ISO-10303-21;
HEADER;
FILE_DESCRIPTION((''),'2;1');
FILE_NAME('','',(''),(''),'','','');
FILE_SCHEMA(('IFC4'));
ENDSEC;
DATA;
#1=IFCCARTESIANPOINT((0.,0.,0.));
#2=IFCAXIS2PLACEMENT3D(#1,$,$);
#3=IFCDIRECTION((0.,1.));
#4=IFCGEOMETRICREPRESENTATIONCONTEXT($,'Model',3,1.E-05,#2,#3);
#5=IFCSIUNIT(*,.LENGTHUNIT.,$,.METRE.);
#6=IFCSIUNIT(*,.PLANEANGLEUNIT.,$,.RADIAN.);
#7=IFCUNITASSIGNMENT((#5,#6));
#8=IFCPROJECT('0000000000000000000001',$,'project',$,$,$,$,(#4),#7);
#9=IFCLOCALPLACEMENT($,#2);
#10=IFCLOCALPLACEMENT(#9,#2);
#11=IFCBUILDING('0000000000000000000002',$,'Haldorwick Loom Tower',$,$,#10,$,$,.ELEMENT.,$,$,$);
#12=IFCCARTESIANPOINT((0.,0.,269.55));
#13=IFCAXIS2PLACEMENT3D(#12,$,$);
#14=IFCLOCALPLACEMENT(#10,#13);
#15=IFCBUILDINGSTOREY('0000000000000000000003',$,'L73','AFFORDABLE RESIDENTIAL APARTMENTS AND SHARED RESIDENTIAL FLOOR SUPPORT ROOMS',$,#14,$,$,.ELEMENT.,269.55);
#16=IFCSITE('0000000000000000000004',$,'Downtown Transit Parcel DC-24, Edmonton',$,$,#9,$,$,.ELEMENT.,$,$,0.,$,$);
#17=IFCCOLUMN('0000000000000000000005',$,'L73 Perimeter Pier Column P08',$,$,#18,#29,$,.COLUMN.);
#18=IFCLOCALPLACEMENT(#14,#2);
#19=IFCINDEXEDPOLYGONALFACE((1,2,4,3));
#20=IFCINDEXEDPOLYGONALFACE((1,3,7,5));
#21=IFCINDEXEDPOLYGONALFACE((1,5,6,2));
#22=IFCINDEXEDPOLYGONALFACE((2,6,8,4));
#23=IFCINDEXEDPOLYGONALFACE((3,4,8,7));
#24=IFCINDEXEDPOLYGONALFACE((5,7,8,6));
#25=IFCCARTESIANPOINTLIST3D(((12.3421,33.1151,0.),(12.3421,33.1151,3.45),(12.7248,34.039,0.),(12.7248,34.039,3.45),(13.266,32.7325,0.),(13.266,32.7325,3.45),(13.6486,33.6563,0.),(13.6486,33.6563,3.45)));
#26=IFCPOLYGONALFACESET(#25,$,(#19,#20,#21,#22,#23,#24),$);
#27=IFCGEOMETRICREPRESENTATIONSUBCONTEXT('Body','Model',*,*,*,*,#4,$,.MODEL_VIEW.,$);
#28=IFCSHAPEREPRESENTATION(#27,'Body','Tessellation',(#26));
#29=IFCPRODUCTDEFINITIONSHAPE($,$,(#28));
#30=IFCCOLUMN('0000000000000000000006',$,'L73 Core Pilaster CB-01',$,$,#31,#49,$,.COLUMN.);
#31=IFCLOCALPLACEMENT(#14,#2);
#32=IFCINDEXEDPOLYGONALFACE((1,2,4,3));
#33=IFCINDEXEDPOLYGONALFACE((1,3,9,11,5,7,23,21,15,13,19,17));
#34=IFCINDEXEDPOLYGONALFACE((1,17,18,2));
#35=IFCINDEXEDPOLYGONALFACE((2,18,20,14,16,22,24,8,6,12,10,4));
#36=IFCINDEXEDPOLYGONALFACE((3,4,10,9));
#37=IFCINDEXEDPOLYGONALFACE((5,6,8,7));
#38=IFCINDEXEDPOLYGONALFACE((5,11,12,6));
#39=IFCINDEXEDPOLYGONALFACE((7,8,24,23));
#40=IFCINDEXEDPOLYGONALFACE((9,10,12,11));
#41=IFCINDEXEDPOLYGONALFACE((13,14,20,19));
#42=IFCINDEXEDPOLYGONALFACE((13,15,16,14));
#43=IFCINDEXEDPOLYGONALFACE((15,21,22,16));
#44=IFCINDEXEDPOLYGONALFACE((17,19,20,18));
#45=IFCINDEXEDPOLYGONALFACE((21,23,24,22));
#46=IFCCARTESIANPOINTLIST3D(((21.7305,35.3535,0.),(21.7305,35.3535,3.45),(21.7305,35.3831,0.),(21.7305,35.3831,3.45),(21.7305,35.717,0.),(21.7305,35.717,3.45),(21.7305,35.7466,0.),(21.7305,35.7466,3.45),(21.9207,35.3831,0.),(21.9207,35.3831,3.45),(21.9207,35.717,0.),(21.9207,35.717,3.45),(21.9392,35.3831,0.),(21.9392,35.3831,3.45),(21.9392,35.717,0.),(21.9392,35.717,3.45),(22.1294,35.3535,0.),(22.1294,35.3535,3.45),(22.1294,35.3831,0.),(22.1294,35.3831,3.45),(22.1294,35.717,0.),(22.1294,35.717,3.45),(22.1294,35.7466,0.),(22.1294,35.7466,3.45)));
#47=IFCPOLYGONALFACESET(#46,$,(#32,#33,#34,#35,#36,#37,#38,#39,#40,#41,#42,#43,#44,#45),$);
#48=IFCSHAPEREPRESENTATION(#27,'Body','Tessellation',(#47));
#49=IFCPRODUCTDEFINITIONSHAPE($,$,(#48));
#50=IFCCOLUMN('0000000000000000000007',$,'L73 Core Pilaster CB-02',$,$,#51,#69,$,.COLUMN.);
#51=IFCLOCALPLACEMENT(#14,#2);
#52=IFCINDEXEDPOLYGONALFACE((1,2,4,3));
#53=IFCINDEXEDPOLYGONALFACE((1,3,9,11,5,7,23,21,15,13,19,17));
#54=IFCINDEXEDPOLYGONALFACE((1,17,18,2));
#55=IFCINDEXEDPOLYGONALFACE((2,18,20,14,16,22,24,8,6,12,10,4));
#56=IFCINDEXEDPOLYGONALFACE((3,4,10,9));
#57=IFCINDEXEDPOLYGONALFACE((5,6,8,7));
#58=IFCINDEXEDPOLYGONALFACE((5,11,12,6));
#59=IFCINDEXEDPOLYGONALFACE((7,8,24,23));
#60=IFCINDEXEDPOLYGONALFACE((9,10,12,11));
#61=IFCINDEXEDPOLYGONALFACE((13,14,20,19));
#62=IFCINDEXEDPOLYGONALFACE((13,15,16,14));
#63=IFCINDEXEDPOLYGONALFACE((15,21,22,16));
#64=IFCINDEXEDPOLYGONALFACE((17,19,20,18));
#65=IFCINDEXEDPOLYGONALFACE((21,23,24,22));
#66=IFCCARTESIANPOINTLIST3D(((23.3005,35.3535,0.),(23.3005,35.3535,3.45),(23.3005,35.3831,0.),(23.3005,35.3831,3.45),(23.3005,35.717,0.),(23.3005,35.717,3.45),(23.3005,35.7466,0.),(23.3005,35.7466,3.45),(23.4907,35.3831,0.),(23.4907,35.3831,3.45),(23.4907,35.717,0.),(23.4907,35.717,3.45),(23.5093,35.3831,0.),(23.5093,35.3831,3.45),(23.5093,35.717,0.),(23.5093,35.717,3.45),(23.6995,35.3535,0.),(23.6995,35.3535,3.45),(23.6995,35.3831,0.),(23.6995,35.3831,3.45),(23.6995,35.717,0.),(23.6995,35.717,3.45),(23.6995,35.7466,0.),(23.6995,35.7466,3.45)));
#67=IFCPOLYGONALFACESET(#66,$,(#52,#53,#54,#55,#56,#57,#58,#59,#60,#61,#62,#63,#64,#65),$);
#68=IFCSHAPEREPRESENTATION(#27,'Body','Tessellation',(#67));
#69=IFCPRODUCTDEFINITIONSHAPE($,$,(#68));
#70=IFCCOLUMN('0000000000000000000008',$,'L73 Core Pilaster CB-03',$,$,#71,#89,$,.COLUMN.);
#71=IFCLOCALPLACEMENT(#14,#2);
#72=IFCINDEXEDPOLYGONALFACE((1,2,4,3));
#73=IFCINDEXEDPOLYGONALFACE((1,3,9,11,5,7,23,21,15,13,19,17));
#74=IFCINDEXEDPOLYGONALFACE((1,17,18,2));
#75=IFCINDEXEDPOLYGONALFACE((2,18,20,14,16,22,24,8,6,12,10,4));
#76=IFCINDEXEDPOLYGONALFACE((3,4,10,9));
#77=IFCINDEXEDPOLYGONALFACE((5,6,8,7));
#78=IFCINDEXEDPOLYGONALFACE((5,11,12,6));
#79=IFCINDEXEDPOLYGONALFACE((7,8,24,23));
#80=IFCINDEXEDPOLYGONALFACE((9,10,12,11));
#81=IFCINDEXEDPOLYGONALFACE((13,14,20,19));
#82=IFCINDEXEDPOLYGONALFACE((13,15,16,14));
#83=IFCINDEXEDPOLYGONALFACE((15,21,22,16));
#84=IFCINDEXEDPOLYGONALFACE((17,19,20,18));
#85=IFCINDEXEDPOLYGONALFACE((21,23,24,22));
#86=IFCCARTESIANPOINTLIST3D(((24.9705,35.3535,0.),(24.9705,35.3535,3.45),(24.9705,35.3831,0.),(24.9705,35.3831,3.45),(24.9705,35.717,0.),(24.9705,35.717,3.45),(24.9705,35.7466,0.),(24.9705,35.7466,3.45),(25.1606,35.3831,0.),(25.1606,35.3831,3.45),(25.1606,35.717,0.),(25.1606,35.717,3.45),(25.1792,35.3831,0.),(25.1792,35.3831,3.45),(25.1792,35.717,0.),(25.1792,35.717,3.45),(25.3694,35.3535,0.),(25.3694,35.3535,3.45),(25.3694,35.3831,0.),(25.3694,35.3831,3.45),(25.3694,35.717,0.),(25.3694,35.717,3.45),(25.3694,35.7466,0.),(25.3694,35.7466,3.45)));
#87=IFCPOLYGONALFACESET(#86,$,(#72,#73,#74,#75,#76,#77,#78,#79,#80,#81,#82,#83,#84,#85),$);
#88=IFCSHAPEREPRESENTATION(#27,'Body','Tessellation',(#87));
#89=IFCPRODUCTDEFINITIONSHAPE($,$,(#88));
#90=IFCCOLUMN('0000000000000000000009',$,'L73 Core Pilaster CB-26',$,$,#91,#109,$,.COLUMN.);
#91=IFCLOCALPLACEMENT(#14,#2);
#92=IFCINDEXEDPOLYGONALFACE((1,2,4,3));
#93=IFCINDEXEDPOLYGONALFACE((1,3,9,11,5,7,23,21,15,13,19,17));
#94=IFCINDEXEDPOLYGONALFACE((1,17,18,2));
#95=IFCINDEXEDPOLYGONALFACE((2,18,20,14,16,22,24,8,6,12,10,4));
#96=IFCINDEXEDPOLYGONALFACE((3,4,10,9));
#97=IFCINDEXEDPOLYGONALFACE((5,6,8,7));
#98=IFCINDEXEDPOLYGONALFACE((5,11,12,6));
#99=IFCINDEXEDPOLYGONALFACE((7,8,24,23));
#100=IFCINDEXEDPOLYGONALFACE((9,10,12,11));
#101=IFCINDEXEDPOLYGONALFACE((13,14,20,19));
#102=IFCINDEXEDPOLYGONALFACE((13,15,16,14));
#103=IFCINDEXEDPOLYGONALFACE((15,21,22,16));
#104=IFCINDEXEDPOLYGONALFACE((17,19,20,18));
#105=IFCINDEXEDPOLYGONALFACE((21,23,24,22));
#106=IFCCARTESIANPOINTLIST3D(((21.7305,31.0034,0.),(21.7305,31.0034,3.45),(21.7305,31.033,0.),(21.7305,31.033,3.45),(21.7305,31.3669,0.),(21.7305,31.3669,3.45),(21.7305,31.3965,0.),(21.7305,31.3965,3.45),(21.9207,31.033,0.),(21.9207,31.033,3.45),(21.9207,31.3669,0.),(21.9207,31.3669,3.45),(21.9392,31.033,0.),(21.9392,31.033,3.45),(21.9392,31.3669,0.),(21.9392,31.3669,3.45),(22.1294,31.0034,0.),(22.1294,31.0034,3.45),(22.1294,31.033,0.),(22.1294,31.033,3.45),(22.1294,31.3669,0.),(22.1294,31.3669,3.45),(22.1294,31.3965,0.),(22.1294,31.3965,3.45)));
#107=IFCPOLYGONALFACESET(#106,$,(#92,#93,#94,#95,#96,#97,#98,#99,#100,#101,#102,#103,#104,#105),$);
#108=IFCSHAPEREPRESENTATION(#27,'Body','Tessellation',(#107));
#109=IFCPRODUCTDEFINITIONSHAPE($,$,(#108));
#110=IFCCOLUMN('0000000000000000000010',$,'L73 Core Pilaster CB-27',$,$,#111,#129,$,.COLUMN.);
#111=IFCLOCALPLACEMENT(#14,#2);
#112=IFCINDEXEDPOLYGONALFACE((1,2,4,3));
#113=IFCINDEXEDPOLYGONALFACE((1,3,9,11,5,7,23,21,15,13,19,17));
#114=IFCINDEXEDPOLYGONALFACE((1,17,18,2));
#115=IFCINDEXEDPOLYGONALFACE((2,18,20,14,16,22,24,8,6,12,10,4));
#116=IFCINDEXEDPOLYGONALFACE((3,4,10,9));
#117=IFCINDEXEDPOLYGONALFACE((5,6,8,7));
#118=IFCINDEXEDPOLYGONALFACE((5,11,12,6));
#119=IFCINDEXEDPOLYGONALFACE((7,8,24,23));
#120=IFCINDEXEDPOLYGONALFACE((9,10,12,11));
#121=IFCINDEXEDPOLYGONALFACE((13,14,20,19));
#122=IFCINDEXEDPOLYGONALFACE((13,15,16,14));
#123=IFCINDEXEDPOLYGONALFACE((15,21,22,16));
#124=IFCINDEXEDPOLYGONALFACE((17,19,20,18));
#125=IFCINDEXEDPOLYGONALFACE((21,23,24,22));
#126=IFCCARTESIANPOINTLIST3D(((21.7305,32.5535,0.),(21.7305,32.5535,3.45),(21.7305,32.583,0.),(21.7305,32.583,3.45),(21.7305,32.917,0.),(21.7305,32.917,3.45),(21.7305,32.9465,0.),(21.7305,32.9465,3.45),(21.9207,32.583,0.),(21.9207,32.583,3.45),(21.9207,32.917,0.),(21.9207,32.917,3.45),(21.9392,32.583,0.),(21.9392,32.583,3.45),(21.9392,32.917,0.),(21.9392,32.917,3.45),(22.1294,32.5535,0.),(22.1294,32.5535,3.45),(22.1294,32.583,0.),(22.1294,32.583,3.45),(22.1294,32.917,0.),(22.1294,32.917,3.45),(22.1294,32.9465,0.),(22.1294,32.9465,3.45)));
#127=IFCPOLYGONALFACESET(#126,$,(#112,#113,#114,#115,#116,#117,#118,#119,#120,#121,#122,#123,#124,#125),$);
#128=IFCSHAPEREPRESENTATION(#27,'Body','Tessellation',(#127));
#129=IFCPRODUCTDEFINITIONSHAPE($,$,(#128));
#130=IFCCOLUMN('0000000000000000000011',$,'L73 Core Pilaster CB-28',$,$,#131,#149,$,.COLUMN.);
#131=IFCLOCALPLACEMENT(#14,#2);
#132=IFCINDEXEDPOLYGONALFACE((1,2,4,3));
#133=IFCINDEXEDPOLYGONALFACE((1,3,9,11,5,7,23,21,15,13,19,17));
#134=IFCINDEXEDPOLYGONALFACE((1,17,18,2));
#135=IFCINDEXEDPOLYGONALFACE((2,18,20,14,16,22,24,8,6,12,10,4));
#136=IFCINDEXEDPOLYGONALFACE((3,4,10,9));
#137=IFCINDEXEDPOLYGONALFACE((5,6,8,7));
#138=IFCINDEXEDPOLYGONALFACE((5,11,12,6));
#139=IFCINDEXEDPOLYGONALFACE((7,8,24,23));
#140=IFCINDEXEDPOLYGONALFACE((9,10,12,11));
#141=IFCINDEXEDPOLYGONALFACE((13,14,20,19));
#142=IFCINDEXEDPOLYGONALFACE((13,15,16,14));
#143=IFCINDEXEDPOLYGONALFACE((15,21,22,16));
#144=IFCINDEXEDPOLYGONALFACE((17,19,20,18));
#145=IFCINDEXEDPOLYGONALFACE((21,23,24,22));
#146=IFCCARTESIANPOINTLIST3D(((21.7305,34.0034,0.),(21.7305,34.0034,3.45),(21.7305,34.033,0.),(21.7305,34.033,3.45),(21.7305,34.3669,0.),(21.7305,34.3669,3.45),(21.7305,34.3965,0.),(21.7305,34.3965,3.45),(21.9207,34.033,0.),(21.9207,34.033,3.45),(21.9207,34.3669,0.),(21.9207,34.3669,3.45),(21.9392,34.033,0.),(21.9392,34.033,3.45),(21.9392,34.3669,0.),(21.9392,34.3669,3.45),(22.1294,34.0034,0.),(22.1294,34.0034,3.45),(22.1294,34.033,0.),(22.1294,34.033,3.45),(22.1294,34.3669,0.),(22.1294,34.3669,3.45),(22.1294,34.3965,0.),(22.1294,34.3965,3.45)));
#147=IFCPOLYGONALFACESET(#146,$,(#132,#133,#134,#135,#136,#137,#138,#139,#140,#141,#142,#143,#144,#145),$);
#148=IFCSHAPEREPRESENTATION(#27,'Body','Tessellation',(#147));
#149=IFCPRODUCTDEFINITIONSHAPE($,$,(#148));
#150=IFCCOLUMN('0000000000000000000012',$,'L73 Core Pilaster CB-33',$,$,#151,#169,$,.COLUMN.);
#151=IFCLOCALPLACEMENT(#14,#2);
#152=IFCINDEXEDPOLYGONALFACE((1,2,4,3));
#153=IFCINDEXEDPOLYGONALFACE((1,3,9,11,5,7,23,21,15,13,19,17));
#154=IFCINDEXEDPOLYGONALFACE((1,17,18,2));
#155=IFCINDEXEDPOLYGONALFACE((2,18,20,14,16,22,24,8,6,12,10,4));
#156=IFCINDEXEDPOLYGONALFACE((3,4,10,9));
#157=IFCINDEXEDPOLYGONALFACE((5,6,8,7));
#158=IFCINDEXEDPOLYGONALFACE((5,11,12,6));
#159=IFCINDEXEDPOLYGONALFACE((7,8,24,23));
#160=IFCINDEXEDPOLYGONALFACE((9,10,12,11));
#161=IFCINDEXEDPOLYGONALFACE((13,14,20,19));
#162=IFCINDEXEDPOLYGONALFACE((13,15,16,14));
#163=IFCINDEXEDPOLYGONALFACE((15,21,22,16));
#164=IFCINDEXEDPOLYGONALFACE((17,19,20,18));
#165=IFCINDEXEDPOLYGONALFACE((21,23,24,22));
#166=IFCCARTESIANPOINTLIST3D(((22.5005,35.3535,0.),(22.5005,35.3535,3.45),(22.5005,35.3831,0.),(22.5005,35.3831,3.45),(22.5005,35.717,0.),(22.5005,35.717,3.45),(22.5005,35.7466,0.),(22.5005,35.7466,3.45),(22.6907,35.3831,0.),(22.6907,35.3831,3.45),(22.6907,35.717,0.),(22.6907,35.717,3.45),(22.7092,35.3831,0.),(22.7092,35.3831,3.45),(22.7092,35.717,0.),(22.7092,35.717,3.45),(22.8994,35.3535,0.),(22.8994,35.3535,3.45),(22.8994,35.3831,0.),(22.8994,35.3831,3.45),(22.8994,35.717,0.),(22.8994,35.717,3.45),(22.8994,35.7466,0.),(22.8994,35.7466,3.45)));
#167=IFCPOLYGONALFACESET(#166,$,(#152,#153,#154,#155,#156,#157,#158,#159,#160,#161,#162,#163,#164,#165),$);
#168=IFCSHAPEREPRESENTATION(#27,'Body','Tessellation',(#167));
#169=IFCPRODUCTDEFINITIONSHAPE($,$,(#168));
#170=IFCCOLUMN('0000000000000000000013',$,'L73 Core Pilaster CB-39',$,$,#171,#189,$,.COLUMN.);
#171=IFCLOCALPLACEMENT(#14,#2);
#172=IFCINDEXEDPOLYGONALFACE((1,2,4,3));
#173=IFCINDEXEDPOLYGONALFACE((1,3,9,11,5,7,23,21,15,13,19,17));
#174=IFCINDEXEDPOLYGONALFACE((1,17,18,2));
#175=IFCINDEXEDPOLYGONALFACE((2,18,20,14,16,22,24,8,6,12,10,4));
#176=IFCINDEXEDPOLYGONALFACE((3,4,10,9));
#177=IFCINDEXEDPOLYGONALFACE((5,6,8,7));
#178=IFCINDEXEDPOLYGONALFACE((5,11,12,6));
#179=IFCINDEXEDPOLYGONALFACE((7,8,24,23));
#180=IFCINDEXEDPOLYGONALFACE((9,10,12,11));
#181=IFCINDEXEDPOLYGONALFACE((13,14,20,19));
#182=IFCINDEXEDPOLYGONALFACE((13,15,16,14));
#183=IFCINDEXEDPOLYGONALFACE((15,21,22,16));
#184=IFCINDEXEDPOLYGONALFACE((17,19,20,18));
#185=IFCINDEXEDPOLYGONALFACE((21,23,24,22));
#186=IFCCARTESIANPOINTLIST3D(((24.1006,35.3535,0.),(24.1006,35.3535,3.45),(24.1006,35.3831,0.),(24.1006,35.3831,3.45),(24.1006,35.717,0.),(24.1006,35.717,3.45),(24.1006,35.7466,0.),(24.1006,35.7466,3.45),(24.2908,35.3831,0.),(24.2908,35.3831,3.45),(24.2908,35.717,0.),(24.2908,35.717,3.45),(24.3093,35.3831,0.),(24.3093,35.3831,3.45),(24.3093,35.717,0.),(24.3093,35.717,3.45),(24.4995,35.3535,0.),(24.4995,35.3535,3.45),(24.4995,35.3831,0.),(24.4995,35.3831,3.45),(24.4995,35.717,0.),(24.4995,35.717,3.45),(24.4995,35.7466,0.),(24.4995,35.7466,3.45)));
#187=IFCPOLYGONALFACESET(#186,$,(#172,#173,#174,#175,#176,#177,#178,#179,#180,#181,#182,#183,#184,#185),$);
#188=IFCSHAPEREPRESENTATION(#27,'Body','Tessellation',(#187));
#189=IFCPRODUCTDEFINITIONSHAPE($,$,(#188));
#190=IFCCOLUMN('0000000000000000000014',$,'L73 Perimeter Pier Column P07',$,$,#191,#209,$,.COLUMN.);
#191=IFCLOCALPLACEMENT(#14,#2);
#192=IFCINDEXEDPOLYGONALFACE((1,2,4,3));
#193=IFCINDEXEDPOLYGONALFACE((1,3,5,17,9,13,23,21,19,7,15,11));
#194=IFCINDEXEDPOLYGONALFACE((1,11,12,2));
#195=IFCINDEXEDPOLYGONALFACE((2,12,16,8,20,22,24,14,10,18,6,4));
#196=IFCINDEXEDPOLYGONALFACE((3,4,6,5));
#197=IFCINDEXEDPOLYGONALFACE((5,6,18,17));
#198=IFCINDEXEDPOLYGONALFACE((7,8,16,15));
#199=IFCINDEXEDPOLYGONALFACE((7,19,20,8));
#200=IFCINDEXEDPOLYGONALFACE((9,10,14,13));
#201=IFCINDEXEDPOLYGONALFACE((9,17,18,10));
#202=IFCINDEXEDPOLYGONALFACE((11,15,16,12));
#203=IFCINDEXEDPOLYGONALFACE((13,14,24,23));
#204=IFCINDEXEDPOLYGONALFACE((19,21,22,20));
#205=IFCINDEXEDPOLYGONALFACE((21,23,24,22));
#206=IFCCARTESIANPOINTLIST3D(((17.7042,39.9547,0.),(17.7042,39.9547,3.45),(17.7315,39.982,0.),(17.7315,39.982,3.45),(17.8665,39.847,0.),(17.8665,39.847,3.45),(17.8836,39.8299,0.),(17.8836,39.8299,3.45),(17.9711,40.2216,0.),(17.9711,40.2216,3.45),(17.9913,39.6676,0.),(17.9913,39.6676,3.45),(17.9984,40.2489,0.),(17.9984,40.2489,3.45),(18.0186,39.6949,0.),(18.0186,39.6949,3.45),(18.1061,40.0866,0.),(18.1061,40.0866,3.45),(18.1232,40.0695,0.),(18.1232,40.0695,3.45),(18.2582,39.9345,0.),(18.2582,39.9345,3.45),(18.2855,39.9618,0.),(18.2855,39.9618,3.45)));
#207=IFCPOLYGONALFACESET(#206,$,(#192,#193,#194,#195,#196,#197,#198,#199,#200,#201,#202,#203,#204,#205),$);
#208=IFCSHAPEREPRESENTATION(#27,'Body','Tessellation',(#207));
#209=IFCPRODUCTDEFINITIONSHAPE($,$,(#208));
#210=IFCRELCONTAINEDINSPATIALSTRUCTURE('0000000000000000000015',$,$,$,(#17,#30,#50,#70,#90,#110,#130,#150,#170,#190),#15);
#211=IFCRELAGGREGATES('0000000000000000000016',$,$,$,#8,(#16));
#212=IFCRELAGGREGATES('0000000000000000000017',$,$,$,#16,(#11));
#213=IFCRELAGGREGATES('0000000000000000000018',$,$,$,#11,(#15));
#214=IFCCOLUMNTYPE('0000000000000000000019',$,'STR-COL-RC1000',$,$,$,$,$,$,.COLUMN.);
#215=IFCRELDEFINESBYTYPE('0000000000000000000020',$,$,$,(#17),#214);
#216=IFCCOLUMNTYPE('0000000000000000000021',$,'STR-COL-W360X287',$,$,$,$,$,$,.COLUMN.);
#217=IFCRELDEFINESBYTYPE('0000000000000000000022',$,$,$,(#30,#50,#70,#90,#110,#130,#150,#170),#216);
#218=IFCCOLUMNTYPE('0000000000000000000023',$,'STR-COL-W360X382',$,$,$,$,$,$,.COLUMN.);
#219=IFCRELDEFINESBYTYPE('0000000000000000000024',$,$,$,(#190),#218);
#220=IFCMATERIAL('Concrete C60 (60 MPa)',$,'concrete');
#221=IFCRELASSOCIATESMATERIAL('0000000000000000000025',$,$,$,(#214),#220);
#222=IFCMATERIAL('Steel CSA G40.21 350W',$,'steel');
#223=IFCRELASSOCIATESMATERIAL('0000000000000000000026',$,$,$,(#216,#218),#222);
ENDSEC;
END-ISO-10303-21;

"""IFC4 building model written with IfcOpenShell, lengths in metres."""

from ifc_helpers import new_model, si_unit, direction, frame, origin, origin_2d, place, context, subcontext, project, spatial, rectangle, i_section, extrude, material, material_profile, profile_set, type_object, element, save


model = new_model("IFC4")

# Units and contexts
model_context = context("Model", 3, precision=1e-05, world=origin(), true_north=direction((0.0, 1.0)))
body_context = subcontext(model_context, "Body", "Model", "MODEL_VIEW")
ifc_project = project(units=[si_unit("LENGTHUNIT", "METRE"), si_unit("PLANEANGLEUNIT", "RADIAN")], contexts=[model_context])

# Site, building, storey
site_placement = place(None, origin())
site = spatial("IfcSite", under=ifc_project, at=site_placement, Name="Downtown Transit Parcel DC-24, Edmonton", CompositionType="ELEMENT", RefElevation=0.0)
building_placement = place(site_placement, origin())
building = spatial("IfcBuilding", under=site, at=building_placement, Name="Haldorwick Loom Tower", CompositionType="ELEMENT")
storey_placement = place(building_placement, frame((0.0, 0.0, 269.55)))
storey = spatial("IfcBuildingStorey", under=building, at=storey_placement, Name="L73", Description="AFFORDABLE RESIDENTIAL APARTMENTS AND SHARED RESIDENTIAL FLOOR SUPPORT ROOMS", CompositionType="ELEMENT", Elevation=269.55)

# Columns
ifc_material_1 = material(Name="Concrete C60 (60 MPa)", Category="concrete")
ifc_material_profile_1 = material_profile(ifc_material_1, rectangle(XDim=1.0, YDim=1.0, at=origin_2d()), Name="RC1000X1000", Category="concrete")
ifc_profile_set_1 = profile_set([ifc_material_profile_1], Name="Concrete C60 (60 MPa)")
column_type_1 = type_object("IfcColumnType", Name="STR-COL-RC1000", PredefinedType="COLUMN", material=ifc_profile_set_1)
column_1_placement = place(storey_placement, frame((12.9954, 33.3857, 0.0), z_axis=(0.0, 0.0, 1.0), x_axis=(-0.92388, 0.382683, 0.0)))
element("IfcColumn", 1, at=column_1_placement, inside=storey, type_object=column_type_1, Name="L73 Perimeter Pier Column P08", PredefinedType="COLUMN", context=body_context, shape_type="SweptSolid", body=[
    extrude(rectangle(XDim=1.0, YDim=1.0, at=origin_2d()), origin(), (0.0, 0.0, 1.0), 3.45),
])
ifc_material_2 = material(Name="Steel CSA G40.21 350W", Category="steel")
ifc_material_profile_2 = material_profile(ifc_material_2, i_section(OverallWidth=0.3989, OverallDepth=0.3931, WebThickness=0.0186, FlangeThickness=0.0295, at=origin_2d()), Name="W360X287", Category="steel")
ifc_profile_set_2 = profile_set([ifc_material_profile_2], Name="Steel CSA G40.21 350W")
column_type_2 = type_object("IfcColumnType", Name="STR-COL-W360X287", PredefinedType="COLUMN", material=ifc_profile_set_2)
for number, where, z_axis, x_axis, name in (
    (2, (21.9299, 35.55, 0.0), (0.0, 0.0, 1.0), (1.0, 0.0, 0.0), "L73 Core Pilaster CB-01"),
    (3, (23.5, 35.55, 0.0), (0.0, 0.0, 1.0), (1.0, 0.0, 0.0), "L73 Core Pilaster CB-02"),
    (4, (25.1699, 35.55, 0.0), (0.0, 0.0, 1.0), (1.0, 0.0, 0.0), "L73 Core Pilaster CB-03"),
    (5, (21.9299, 31.2, 0.0), (0.0, 0.0, 1.0), (1.0, 0.0, 0.0), "L73 Core Pilaster CB-26"),
    (6, (21.9299, 32.75, 0.0), (0.0, 0.0, 1.0), (1.0, 0.0, 0.0), "L73 Core Pilaster CB-27"),
    (7, (21.9299, 34.2, 0.0), (0.0, 0.0, 1.0), (1.0, 0.0, 0.0), "L73 Core Pilaster CB-28"),
    (8, (22.7, 35.55, 0.0), (0.0, 0.0, 1.0), (1.0, 0.0, 0.0), "L73 Core Pilaster CB-33"),
    (9, (24.3, 35.55, 0.0), (0.0, 0.0, 1.0), (1.0, 0.0, 0.0), "L73 Core Pilaster CB-39"),
):
    element("IfcColumn", number, at=place(storey_placement, frame(where, z_axis=z_axis, x_axis=x_axis)), inside=storey, type_object=column_type_2, Name=name, PredefinedType="COLUMN", context=body_context, shape_type="SweptSolid", body=[
        extrude(i_section(OverallWidth=0.3989, OverallDepth=0.3931, WebThickness=0.0186, FlangeThickness=0.0295, at=origin_2d()), origin(), (0.0, 0.0, 1.0), 3.45),
    ])
ifc_material_profile_3 = material_profile(ifc_material_2, i_section(OverallWidth=0.406, OverallDepth=0.416, WebThickness=0.0242, FlangeThickness=0.0386, at=origin_2d()), Name="W360X382", Category="steel")
ifc_profile_set_3 = profile_set([ifc_material_profile_3], Name="Steel CSA G40.21 350W")
column_type_3 = type_object("IfcColumnType", Name="STR-COL-W360X382", PredefinedType="COLUMN", material=ifc_profile_set_3)
column_2_placement = place(storey_placement, frame((17.9949, 39.9583, 0.0), z_axis=(0.0, 0.0, 1.0), x_axis=(-0.707107, 0.707107, 0.0)))
element("IfcColumn", 10, at=column_2_placement, inside=storey, type_object=column_type_3, Name="L73 Perimeter Pier Column P07", PredefinedType="COLUMN", context=body_context, shape_type="SweptSolid", body=[
    extrude(i_section(OverallWidth=0.406, OverallDepth=0.416, WebThickness=0.0242, FlangeThickness=0.0386, at=origin_2d()), origin(), (0.0, 0.0, 1.0), 3.45),
])

save(model, "model.ifc")
